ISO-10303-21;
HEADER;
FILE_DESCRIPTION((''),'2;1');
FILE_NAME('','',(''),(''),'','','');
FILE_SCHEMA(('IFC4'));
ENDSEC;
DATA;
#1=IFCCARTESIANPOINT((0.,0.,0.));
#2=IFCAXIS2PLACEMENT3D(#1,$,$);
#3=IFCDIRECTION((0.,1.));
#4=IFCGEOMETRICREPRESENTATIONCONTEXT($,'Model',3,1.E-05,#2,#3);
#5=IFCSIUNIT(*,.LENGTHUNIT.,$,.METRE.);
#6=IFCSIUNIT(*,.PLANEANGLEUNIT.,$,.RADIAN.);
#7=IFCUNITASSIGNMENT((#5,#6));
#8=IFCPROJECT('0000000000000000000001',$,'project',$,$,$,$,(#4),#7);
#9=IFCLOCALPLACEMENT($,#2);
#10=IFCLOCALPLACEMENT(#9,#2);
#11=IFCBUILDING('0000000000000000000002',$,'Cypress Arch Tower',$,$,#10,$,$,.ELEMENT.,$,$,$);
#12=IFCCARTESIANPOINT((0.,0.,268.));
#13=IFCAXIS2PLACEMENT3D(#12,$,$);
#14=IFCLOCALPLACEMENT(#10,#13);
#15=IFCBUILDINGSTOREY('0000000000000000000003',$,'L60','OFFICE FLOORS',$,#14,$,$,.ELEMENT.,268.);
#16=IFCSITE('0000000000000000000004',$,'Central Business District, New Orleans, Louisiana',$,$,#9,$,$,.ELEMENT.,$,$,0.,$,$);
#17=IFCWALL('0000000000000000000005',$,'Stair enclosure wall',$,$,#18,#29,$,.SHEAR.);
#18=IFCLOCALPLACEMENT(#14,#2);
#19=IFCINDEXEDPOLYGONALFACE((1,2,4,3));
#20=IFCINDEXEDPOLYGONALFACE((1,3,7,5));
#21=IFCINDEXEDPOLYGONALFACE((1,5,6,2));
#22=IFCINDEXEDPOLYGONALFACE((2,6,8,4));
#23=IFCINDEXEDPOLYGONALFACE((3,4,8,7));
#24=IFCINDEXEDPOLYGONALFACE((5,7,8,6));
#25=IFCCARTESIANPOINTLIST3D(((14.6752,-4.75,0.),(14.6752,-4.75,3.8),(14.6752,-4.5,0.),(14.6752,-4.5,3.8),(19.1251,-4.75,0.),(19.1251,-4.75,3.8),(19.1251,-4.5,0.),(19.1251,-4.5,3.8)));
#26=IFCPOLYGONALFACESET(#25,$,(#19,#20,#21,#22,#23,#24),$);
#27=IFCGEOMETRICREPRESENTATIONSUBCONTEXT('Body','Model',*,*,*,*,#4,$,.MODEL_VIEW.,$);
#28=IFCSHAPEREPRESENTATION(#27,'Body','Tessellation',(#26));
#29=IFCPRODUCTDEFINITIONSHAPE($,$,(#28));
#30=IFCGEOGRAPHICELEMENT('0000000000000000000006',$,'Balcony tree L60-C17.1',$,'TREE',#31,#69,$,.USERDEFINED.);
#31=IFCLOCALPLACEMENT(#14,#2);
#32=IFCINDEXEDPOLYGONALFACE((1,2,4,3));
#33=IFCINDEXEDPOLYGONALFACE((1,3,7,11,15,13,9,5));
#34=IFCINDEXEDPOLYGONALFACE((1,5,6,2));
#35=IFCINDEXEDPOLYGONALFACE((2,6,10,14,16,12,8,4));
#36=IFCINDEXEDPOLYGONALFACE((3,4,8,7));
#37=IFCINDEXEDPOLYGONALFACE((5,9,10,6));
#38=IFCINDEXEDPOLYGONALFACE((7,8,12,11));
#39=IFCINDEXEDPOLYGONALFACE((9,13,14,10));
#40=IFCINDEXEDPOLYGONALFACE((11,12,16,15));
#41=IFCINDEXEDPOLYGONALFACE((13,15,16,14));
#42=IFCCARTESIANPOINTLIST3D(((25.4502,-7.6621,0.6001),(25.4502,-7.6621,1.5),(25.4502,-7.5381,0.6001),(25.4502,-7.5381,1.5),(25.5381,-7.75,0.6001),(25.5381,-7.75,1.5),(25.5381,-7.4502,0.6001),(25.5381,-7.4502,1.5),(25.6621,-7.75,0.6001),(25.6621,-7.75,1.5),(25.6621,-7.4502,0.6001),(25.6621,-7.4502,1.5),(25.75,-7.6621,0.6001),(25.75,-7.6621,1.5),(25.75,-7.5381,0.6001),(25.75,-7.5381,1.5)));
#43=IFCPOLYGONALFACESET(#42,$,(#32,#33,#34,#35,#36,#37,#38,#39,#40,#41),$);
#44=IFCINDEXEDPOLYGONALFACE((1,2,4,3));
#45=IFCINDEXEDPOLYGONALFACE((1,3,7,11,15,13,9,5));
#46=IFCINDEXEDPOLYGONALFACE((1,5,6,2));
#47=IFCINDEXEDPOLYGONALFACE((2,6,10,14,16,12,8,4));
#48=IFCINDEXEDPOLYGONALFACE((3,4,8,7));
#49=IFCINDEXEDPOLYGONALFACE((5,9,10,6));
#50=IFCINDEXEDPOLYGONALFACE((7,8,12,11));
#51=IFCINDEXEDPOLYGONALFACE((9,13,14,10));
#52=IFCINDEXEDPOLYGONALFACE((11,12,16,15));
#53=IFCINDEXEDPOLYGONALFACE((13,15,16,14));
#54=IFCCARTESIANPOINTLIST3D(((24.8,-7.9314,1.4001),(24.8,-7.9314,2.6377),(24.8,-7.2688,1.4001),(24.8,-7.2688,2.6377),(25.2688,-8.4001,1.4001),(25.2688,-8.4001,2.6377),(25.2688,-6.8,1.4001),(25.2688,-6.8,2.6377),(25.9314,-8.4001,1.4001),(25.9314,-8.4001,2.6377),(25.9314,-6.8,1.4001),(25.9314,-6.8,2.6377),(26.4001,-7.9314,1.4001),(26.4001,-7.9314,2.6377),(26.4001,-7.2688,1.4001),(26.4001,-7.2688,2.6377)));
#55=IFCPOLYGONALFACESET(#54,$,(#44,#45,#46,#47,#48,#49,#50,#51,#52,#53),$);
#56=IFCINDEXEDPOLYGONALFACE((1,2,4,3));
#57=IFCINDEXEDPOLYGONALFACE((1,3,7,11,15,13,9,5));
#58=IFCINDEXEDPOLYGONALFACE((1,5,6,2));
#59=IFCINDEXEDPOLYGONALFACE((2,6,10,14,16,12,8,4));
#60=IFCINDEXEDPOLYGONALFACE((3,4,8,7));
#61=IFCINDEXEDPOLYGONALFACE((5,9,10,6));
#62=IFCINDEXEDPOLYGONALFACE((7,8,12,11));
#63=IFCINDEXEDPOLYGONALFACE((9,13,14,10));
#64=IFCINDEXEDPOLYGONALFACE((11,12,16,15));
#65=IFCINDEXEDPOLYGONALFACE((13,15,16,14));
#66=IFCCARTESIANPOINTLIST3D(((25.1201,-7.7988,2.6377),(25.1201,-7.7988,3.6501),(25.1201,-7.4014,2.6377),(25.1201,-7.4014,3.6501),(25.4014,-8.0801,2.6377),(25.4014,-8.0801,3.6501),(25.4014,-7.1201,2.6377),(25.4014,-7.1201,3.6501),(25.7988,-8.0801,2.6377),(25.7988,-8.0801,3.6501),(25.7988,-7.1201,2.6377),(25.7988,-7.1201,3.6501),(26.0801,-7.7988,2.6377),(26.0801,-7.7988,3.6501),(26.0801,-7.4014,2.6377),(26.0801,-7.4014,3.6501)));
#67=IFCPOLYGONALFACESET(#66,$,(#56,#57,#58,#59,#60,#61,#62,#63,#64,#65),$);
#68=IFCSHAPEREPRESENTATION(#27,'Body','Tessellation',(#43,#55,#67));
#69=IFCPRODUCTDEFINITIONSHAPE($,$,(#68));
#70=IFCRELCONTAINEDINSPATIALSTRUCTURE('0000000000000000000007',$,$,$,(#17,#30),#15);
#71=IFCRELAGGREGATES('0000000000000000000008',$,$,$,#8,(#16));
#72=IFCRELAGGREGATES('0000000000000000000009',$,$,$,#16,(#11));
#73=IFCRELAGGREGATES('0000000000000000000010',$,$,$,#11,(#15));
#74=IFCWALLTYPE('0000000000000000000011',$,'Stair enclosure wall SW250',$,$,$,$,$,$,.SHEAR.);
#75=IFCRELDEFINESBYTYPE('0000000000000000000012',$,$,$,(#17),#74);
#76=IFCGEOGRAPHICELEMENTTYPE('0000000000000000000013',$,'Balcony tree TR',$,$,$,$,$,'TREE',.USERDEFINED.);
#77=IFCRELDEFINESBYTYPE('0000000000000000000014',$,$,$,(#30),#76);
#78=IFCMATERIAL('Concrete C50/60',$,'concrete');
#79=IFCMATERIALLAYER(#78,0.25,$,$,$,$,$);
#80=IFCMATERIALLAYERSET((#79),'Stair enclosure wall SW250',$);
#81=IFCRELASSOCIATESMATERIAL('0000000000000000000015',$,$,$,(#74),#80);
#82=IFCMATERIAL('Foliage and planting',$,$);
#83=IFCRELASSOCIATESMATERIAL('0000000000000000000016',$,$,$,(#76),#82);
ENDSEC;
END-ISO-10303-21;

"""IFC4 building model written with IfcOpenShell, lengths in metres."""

from ifc_helpers import new_model, si_unit, direction, frame, frame_2d, origin, place, context, subcontext, project, spatial, polyline, rectangle, outline, extrude, material, layer, layer_set, type_object, element, save


model = new_model("IFC4")

# Units and contexts
model_context = context("Model", 3, precision=1e-05, world=origin(), true_north=direction((0.0, 1.0)))
body_context = subcontext(model_context, "Body", "Model", "MODEL_VIEW")
ifc_project = project(units=[si_unit("LENGTHUNIT", "METRE"), si_unit("PLANEANGLEUNIT", "RADIAN")], contexts=[model_context])

# Site, building, storey
site_placement = place(None, origin())
site = spatial("IfcSite", under=ifc_project, at=site_placement, Name="Central Business District, New Orleans, Louisiana", CompositionType="ELEMENT", RefElevation=0.0)
building_placement = place(site_placement, origin())
building = spatial("IfcBuilding", under=site, at=building_placement, Name="Cypress Arch Tower", CompositionType="ELEMENT")
storey_placement = place(building_placement, frame((0.0, 0.0, 268.0)))
storey = spatial("IfcBuildingStorey", under=building, at=storey_placement, Name="L60", Description="OFFICE FLOORS", CompositionType="ELEMENT", Elevation=268.0)

# Wall
ifc_material_1 = material(Name="Concrete C50/60", Category="concrete")
ifc_layer_1 = layer(ifc_material_1, 0.25)
ifc_layer_set_1 = layer_set([ifc_layer_1], Name="Stair enclosure wall SW250")
wall_type_1 = type_object("IfcWallType", Name="Stair enclosure wall SW250", PredefinedType="SHEAR", material=ifc_layer_set_1)
wall_1_placement = place(storey_placement, frame((14.675, -4.625, 0.0), z_axis=(0.0, 0.0, 1.0), x_axis=(1.0, 0.0, 0.0)))
element("IfcWall", 1, at=wall_1_placement, inside=storey, type_object=wall_type_1, Name="Stair enclosure wall", PredefinedType="SHEAR", context=body_context, shape_type="SweptSolid", body=[
    extrude(rectangle(XDim=4.45, YDim=0.25, at=frame_2d((2.2251, 0.0))), origin(), (0.0, 0.0, 1.0), 3.8),
])

# Geographic element
ifc_material_2 = material(Name="Foliage and planting")
geographic_element_type = type_object("IfcGeographicElementType", Name="Balcony tree TR", ElementType="TREE", PredefinedType="USERDEFINED", material=ifc_material_2)
geographic_element_placement = place(storey_placement, frame((25.6001, -7.6001, 0.6001), z_axis=(0.0, 0.0, 1.0), x_axis=(1.0, 0.0, 0.0)))
element("IfcGeographicElement", 2, at=geographic_element_placement, inside=storey, type_object=geographic_element_type, Name="Balcony tree L60-C17.1", ObjectType="TREE", PredefinedType="USERDEFINED", context=body_context, shape_type="SweptSolid", body=[
    extrude(outline(polyline([(0.1499, 0.062), (0.062, 0.1499), (-0.062, 0.1499), (-0.1499, 0.062), (-0.1499, -0.062), (-0.062, -0.1499), (0.062, -0.1499), (0.1499, -0.062), (0.1499, 0.062)])), origin(), (0.0, 0.0, 1.0), 0.8999),
    extrude(outline(polyline([(0.8, 0.3313), (0.3313, 0.8), (-0.3313, 0.8), (-0.8, 0.3313), (-0.8, -0.3313), (-0.3313, -0.8), (0.3313, -0.8), (0.8, -0.3313), (0.8, 0.3313)])), frame((0.0, 0.0, 0.8)), (0.0, 0.0, 1.0), 1.2375),
    extrude(outline(polyline([(0.48, 0.1987), (0.1987, 0.48), (-0.1987, 0.48), (-0.48, 0.1987), (-0.48, -0.1987), (-0.1987, -0.48), (0.1987, -0.48), (0.48, -0.1987), (0.48, 0.1987)])), frame((0.0, 0.0, 2.0376)), (0.0, 0.0, 1.0), 1.0125),
])

save(model, "model.ifc")
